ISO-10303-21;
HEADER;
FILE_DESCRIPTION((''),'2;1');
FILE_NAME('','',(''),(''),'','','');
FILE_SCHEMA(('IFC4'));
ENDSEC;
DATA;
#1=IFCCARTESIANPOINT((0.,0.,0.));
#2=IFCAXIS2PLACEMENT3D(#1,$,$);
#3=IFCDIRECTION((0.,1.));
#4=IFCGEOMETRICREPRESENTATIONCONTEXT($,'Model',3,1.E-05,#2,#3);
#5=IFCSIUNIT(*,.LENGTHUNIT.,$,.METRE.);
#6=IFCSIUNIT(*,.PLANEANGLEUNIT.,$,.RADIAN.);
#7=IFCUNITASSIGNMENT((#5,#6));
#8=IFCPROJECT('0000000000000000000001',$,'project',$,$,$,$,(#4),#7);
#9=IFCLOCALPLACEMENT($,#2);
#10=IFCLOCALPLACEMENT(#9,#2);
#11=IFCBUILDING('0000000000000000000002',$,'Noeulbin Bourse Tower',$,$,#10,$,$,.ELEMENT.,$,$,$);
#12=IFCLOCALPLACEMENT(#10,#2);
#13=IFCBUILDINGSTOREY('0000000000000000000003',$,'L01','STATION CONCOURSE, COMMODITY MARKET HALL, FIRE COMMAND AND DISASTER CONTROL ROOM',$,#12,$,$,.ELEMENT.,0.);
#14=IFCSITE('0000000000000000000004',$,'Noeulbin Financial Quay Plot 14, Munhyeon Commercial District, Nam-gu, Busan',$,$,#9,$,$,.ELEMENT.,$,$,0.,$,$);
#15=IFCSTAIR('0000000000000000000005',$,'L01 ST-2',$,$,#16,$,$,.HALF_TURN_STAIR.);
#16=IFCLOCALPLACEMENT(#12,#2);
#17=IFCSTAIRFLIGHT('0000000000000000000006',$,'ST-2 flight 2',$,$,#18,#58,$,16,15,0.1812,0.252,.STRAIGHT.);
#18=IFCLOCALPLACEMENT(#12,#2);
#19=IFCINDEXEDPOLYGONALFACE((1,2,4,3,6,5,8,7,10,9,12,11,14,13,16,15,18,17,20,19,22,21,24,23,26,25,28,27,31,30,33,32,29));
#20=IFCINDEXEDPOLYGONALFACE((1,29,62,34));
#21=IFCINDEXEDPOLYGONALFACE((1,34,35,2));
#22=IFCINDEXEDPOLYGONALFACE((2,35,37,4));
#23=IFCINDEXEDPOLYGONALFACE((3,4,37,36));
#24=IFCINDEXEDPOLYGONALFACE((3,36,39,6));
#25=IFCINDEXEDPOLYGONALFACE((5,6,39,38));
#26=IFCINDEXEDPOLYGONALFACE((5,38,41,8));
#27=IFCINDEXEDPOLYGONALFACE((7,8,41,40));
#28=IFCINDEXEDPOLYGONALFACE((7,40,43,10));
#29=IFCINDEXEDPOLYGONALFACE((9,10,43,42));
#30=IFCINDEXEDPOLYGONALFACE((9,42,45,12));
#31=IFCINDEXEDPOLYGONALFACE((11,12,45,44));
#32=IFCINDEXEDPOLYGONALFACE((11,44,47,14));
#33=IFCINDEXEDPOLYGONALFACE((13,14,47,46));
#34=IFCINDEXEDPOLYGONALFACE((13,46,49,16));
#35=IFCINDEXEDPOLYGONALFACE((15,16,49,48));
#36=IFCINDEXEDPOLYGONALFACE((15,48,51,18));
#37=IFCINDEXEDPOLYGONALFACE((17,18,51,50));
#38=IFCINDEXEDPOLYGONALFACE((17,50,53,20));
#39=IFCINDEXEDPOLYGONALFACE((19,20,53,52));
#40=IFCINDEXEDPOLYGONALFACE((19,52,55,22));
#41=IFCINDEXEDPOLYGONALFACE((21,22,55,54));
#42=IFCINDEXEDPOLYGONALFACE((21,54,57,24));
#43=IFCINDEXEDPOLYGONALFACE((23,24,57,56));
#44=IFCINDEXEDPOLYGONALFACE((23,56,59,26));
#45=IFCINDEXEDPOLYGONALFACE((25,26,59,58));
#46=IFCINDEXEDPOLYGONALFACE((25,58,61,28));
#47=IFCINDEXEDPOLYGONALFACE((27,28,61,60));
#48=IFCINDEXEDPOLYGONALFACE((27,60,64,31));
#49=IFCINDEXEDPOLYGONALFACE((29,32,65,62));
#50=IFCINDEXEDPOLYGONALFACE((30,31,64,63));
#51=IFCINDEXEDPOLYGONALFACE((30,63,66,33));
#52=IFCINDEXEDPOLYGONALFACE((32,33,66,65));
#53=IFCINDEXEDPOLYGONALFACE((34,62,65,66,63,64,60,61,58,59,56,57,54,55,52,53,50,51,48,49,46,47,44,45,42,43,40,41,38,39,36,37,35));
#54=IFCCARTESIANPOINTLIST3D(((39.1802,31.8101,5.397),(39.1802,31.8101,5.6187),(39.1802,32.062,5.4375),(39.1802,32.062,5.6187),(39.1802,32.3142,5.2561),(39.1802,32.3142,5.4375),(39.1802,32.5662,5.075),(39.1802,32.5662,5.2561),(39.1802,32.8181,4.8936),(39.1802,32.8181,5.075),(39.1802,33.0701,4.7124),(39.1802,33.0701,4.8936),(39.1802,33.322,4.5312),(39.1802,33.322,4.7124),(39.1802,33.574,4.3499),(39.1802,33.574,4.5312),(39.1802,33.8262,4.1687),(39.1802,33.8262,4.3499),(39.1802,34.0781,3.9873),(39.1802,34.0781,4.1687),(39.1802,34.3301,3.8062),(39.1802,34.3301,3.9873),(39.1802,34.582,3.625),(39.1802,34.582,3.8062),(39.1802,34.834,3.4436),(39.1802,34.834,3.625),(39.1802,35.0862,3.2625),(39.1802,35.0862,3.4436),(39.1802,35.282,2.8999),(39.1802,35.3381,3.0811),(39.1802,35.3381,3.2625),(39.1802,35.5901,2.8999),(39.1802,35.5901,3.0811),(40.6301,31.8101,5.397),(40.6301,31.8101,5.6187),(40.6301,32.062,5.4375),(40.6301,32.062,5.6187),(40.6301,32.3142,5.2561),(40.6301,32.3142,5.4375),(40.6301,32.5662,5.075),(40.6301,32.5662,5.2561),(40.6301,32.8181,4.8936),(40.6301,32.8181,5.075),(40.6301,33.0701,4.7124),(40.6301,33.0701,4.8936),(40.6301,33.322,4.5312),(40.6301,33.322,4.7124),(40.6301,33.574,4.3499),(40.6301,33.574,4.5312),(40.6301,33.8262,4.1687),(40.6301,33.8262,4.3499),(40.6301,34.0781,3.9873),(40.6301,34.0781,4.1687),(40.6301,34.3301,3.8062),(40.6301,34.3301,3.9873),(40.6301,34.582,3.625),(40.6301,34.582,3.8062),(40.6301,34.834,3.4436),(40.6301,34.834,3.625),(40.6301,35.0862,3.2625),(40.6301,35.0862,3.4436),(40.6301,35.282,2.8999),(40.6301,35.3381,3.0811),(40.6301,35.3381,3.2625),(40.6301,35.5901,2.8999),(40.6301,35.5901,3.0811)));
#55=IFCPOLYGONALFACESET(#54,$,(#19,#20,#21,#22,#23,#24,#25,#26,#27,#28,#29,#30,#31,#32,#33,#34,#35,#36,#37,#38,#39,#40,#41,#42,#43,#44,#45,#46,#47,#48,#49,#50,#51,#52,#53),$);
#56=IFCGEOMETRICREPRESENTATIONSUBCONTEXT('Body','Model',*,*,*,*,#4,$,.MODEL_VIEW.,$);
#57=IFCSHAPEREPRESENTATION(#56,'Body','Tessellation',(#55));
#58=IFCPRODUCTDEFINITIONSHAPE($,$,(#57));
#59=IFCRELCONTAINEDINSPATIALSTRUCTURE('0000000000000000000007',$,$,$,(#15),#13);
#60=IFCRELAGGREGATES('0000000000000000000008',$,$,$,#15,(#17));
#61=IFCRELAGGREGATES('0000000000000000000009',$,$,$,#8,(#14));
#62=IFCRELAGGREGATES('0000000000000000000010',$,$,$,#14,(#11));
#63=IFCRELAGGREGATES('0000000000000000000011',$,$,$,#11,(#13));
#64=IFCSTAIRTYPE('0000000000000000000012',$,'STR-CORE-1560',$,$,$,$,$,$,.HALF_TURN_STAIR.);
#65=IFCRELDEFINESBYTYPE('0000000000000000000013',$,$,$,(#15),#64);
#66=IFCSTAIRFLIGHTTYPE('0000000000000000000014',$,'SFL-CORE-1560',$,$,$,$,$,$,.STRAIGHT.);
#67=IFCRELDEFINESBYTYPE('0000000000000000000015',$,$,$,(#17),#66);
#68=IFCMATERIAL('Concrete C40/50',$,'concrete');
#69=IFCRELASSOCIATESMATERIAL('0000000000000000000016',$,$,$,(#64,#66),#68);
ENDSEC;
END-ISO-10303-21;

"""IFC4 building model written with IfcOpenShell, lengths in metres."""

from ifc_helpers import new_model, si_unit, direction, frame, origin, place, context, subcontext, project, spatial, polyline, outline, extrude, material, type_object, element, aggregate, save


model = new_model("IFC4")

# Units and contexts
model_context = context("Model", 3, precision=1e-05, world=origin(), true_north=direction((0.0, 1.0)))
body_context = subcontext(model_context, "Body", "Model", "MODEL_VIEW")
ifc_project = project(units=[si_unit("LENGTHUNIT", "METRE"), si_unit("PLANEANGLEUNIT", "RADIAN")], contexts=[model_context])

# Site, building, storey
site_placement = place(None, origin())
site = spatial("IfcSite", under=ifc_project, at=site_placement, Name="Noeulbin Financial Quay Plot 14, Munhyeon Commercial District, Nam-gu, Busan", CompositionType="ELEMENT", RefElevation=0.0)
building_placement = place(site_placement, origin())
building = spatial("IfcBuilding", under=site, at=building_placement, Name="Noeulbin Bourse Tower", CompositionType="ELEMENT")
storey_placement = place(building_placement, origin())
storey = spatial("IfcBuildingStorey", under=building, at=storey_placement, Name="L01", Description="STATION CONCOURSE, COMMODITY MARKET HALL, FIRE COMMAND AND DISASTER CONTROL ROOM", CompositionType="ELEMENT", Elevation=0.0)

# Shared definitions
ifc_material_1 = material(Name="Concrete C40/50", Category="concrete")

# Stair, stair flight
stair_type = type_object("IfcStairType", Name="STR-CORE-1560", PredefinedType="HALF_TURN_STAIR", material=ifc_material_1)
stair_placement = place(storey_placement, origin())
stair = element("IfcStair", 1, at=stair_placement, inside=storey, type_object=stair_type, Name="L01 ST-2", PredefinedType="HALF_TURN_STAIR")
stair_flight_type = type_object("IfcStairFlightType", Name="SFL-CORE-1560", PredefinedType="STRAIGHT", material=ifc_material_1)
stair_flight_1_placement = place(storey_placement, frame((39.905, 35.5901, 2.8999), z_axis=(0.0, 0.0, 1.0), x_axis=(0.0, -1.0, 0.0)))
stair_flight_1 = element("IfcStairFlight", 2, at=stair_flight_1_placement, type_object=stair_flight_type, Name="ST-2 flight 2", NumberOfRisers=16, NumberOfTreads=15, PredefinedType="STRAIGHT", RiserHeight=0.1812, TreadLength=0.252, context=body_context, shape_type="SweptSolid", body=[
    extrude(outline(polyline([(0.0, 0.0), (0.0, 0.1812), (0.252, 0.1812), (0.252, 0.3625), (0.5039, 0.3625), (0.5039, 0.5437), (0.7561, 0.5437), (0.7561, 0.7251), (1.0081, 0.7251), (1.0081, 0.9062), (1.26, 0.9062), (1.26, 1.0874), (1.512, 1.0874), (1.512, 1.2688), (1.7639, 1.2688), (1.7639, 1.45), (2.0161, 1.45), (2.0161, 1.6313), (2.2681, 1.6313), (2.2681, 1.8125), (2.52, 1.8125), (2.52, 1.9937), (2.772, 1.9937), (2.772, 2.175), (3.0239, 2.175), (3.0239, 2.3562), (3.2759, 2.3562), (3.2759, 2.5376), (3.5281, 2.5376), (3.5281, 2.7188), (3.78, 2.7188), (3.78, 2.8999), (3.78, 2.4971), (0.3081, 0.0), (0.0, 0.0)])), frame((0.0, 0.7251, 0.0), z_axis=(0.0, -1.0, 0.0), x_axis=(1.0, 0.0, 0.0)), (0.0, 0.0, 1.0), 1.45),
])
aggregate(stair, [stair_flight_1])

save(model, "model.ifc")
